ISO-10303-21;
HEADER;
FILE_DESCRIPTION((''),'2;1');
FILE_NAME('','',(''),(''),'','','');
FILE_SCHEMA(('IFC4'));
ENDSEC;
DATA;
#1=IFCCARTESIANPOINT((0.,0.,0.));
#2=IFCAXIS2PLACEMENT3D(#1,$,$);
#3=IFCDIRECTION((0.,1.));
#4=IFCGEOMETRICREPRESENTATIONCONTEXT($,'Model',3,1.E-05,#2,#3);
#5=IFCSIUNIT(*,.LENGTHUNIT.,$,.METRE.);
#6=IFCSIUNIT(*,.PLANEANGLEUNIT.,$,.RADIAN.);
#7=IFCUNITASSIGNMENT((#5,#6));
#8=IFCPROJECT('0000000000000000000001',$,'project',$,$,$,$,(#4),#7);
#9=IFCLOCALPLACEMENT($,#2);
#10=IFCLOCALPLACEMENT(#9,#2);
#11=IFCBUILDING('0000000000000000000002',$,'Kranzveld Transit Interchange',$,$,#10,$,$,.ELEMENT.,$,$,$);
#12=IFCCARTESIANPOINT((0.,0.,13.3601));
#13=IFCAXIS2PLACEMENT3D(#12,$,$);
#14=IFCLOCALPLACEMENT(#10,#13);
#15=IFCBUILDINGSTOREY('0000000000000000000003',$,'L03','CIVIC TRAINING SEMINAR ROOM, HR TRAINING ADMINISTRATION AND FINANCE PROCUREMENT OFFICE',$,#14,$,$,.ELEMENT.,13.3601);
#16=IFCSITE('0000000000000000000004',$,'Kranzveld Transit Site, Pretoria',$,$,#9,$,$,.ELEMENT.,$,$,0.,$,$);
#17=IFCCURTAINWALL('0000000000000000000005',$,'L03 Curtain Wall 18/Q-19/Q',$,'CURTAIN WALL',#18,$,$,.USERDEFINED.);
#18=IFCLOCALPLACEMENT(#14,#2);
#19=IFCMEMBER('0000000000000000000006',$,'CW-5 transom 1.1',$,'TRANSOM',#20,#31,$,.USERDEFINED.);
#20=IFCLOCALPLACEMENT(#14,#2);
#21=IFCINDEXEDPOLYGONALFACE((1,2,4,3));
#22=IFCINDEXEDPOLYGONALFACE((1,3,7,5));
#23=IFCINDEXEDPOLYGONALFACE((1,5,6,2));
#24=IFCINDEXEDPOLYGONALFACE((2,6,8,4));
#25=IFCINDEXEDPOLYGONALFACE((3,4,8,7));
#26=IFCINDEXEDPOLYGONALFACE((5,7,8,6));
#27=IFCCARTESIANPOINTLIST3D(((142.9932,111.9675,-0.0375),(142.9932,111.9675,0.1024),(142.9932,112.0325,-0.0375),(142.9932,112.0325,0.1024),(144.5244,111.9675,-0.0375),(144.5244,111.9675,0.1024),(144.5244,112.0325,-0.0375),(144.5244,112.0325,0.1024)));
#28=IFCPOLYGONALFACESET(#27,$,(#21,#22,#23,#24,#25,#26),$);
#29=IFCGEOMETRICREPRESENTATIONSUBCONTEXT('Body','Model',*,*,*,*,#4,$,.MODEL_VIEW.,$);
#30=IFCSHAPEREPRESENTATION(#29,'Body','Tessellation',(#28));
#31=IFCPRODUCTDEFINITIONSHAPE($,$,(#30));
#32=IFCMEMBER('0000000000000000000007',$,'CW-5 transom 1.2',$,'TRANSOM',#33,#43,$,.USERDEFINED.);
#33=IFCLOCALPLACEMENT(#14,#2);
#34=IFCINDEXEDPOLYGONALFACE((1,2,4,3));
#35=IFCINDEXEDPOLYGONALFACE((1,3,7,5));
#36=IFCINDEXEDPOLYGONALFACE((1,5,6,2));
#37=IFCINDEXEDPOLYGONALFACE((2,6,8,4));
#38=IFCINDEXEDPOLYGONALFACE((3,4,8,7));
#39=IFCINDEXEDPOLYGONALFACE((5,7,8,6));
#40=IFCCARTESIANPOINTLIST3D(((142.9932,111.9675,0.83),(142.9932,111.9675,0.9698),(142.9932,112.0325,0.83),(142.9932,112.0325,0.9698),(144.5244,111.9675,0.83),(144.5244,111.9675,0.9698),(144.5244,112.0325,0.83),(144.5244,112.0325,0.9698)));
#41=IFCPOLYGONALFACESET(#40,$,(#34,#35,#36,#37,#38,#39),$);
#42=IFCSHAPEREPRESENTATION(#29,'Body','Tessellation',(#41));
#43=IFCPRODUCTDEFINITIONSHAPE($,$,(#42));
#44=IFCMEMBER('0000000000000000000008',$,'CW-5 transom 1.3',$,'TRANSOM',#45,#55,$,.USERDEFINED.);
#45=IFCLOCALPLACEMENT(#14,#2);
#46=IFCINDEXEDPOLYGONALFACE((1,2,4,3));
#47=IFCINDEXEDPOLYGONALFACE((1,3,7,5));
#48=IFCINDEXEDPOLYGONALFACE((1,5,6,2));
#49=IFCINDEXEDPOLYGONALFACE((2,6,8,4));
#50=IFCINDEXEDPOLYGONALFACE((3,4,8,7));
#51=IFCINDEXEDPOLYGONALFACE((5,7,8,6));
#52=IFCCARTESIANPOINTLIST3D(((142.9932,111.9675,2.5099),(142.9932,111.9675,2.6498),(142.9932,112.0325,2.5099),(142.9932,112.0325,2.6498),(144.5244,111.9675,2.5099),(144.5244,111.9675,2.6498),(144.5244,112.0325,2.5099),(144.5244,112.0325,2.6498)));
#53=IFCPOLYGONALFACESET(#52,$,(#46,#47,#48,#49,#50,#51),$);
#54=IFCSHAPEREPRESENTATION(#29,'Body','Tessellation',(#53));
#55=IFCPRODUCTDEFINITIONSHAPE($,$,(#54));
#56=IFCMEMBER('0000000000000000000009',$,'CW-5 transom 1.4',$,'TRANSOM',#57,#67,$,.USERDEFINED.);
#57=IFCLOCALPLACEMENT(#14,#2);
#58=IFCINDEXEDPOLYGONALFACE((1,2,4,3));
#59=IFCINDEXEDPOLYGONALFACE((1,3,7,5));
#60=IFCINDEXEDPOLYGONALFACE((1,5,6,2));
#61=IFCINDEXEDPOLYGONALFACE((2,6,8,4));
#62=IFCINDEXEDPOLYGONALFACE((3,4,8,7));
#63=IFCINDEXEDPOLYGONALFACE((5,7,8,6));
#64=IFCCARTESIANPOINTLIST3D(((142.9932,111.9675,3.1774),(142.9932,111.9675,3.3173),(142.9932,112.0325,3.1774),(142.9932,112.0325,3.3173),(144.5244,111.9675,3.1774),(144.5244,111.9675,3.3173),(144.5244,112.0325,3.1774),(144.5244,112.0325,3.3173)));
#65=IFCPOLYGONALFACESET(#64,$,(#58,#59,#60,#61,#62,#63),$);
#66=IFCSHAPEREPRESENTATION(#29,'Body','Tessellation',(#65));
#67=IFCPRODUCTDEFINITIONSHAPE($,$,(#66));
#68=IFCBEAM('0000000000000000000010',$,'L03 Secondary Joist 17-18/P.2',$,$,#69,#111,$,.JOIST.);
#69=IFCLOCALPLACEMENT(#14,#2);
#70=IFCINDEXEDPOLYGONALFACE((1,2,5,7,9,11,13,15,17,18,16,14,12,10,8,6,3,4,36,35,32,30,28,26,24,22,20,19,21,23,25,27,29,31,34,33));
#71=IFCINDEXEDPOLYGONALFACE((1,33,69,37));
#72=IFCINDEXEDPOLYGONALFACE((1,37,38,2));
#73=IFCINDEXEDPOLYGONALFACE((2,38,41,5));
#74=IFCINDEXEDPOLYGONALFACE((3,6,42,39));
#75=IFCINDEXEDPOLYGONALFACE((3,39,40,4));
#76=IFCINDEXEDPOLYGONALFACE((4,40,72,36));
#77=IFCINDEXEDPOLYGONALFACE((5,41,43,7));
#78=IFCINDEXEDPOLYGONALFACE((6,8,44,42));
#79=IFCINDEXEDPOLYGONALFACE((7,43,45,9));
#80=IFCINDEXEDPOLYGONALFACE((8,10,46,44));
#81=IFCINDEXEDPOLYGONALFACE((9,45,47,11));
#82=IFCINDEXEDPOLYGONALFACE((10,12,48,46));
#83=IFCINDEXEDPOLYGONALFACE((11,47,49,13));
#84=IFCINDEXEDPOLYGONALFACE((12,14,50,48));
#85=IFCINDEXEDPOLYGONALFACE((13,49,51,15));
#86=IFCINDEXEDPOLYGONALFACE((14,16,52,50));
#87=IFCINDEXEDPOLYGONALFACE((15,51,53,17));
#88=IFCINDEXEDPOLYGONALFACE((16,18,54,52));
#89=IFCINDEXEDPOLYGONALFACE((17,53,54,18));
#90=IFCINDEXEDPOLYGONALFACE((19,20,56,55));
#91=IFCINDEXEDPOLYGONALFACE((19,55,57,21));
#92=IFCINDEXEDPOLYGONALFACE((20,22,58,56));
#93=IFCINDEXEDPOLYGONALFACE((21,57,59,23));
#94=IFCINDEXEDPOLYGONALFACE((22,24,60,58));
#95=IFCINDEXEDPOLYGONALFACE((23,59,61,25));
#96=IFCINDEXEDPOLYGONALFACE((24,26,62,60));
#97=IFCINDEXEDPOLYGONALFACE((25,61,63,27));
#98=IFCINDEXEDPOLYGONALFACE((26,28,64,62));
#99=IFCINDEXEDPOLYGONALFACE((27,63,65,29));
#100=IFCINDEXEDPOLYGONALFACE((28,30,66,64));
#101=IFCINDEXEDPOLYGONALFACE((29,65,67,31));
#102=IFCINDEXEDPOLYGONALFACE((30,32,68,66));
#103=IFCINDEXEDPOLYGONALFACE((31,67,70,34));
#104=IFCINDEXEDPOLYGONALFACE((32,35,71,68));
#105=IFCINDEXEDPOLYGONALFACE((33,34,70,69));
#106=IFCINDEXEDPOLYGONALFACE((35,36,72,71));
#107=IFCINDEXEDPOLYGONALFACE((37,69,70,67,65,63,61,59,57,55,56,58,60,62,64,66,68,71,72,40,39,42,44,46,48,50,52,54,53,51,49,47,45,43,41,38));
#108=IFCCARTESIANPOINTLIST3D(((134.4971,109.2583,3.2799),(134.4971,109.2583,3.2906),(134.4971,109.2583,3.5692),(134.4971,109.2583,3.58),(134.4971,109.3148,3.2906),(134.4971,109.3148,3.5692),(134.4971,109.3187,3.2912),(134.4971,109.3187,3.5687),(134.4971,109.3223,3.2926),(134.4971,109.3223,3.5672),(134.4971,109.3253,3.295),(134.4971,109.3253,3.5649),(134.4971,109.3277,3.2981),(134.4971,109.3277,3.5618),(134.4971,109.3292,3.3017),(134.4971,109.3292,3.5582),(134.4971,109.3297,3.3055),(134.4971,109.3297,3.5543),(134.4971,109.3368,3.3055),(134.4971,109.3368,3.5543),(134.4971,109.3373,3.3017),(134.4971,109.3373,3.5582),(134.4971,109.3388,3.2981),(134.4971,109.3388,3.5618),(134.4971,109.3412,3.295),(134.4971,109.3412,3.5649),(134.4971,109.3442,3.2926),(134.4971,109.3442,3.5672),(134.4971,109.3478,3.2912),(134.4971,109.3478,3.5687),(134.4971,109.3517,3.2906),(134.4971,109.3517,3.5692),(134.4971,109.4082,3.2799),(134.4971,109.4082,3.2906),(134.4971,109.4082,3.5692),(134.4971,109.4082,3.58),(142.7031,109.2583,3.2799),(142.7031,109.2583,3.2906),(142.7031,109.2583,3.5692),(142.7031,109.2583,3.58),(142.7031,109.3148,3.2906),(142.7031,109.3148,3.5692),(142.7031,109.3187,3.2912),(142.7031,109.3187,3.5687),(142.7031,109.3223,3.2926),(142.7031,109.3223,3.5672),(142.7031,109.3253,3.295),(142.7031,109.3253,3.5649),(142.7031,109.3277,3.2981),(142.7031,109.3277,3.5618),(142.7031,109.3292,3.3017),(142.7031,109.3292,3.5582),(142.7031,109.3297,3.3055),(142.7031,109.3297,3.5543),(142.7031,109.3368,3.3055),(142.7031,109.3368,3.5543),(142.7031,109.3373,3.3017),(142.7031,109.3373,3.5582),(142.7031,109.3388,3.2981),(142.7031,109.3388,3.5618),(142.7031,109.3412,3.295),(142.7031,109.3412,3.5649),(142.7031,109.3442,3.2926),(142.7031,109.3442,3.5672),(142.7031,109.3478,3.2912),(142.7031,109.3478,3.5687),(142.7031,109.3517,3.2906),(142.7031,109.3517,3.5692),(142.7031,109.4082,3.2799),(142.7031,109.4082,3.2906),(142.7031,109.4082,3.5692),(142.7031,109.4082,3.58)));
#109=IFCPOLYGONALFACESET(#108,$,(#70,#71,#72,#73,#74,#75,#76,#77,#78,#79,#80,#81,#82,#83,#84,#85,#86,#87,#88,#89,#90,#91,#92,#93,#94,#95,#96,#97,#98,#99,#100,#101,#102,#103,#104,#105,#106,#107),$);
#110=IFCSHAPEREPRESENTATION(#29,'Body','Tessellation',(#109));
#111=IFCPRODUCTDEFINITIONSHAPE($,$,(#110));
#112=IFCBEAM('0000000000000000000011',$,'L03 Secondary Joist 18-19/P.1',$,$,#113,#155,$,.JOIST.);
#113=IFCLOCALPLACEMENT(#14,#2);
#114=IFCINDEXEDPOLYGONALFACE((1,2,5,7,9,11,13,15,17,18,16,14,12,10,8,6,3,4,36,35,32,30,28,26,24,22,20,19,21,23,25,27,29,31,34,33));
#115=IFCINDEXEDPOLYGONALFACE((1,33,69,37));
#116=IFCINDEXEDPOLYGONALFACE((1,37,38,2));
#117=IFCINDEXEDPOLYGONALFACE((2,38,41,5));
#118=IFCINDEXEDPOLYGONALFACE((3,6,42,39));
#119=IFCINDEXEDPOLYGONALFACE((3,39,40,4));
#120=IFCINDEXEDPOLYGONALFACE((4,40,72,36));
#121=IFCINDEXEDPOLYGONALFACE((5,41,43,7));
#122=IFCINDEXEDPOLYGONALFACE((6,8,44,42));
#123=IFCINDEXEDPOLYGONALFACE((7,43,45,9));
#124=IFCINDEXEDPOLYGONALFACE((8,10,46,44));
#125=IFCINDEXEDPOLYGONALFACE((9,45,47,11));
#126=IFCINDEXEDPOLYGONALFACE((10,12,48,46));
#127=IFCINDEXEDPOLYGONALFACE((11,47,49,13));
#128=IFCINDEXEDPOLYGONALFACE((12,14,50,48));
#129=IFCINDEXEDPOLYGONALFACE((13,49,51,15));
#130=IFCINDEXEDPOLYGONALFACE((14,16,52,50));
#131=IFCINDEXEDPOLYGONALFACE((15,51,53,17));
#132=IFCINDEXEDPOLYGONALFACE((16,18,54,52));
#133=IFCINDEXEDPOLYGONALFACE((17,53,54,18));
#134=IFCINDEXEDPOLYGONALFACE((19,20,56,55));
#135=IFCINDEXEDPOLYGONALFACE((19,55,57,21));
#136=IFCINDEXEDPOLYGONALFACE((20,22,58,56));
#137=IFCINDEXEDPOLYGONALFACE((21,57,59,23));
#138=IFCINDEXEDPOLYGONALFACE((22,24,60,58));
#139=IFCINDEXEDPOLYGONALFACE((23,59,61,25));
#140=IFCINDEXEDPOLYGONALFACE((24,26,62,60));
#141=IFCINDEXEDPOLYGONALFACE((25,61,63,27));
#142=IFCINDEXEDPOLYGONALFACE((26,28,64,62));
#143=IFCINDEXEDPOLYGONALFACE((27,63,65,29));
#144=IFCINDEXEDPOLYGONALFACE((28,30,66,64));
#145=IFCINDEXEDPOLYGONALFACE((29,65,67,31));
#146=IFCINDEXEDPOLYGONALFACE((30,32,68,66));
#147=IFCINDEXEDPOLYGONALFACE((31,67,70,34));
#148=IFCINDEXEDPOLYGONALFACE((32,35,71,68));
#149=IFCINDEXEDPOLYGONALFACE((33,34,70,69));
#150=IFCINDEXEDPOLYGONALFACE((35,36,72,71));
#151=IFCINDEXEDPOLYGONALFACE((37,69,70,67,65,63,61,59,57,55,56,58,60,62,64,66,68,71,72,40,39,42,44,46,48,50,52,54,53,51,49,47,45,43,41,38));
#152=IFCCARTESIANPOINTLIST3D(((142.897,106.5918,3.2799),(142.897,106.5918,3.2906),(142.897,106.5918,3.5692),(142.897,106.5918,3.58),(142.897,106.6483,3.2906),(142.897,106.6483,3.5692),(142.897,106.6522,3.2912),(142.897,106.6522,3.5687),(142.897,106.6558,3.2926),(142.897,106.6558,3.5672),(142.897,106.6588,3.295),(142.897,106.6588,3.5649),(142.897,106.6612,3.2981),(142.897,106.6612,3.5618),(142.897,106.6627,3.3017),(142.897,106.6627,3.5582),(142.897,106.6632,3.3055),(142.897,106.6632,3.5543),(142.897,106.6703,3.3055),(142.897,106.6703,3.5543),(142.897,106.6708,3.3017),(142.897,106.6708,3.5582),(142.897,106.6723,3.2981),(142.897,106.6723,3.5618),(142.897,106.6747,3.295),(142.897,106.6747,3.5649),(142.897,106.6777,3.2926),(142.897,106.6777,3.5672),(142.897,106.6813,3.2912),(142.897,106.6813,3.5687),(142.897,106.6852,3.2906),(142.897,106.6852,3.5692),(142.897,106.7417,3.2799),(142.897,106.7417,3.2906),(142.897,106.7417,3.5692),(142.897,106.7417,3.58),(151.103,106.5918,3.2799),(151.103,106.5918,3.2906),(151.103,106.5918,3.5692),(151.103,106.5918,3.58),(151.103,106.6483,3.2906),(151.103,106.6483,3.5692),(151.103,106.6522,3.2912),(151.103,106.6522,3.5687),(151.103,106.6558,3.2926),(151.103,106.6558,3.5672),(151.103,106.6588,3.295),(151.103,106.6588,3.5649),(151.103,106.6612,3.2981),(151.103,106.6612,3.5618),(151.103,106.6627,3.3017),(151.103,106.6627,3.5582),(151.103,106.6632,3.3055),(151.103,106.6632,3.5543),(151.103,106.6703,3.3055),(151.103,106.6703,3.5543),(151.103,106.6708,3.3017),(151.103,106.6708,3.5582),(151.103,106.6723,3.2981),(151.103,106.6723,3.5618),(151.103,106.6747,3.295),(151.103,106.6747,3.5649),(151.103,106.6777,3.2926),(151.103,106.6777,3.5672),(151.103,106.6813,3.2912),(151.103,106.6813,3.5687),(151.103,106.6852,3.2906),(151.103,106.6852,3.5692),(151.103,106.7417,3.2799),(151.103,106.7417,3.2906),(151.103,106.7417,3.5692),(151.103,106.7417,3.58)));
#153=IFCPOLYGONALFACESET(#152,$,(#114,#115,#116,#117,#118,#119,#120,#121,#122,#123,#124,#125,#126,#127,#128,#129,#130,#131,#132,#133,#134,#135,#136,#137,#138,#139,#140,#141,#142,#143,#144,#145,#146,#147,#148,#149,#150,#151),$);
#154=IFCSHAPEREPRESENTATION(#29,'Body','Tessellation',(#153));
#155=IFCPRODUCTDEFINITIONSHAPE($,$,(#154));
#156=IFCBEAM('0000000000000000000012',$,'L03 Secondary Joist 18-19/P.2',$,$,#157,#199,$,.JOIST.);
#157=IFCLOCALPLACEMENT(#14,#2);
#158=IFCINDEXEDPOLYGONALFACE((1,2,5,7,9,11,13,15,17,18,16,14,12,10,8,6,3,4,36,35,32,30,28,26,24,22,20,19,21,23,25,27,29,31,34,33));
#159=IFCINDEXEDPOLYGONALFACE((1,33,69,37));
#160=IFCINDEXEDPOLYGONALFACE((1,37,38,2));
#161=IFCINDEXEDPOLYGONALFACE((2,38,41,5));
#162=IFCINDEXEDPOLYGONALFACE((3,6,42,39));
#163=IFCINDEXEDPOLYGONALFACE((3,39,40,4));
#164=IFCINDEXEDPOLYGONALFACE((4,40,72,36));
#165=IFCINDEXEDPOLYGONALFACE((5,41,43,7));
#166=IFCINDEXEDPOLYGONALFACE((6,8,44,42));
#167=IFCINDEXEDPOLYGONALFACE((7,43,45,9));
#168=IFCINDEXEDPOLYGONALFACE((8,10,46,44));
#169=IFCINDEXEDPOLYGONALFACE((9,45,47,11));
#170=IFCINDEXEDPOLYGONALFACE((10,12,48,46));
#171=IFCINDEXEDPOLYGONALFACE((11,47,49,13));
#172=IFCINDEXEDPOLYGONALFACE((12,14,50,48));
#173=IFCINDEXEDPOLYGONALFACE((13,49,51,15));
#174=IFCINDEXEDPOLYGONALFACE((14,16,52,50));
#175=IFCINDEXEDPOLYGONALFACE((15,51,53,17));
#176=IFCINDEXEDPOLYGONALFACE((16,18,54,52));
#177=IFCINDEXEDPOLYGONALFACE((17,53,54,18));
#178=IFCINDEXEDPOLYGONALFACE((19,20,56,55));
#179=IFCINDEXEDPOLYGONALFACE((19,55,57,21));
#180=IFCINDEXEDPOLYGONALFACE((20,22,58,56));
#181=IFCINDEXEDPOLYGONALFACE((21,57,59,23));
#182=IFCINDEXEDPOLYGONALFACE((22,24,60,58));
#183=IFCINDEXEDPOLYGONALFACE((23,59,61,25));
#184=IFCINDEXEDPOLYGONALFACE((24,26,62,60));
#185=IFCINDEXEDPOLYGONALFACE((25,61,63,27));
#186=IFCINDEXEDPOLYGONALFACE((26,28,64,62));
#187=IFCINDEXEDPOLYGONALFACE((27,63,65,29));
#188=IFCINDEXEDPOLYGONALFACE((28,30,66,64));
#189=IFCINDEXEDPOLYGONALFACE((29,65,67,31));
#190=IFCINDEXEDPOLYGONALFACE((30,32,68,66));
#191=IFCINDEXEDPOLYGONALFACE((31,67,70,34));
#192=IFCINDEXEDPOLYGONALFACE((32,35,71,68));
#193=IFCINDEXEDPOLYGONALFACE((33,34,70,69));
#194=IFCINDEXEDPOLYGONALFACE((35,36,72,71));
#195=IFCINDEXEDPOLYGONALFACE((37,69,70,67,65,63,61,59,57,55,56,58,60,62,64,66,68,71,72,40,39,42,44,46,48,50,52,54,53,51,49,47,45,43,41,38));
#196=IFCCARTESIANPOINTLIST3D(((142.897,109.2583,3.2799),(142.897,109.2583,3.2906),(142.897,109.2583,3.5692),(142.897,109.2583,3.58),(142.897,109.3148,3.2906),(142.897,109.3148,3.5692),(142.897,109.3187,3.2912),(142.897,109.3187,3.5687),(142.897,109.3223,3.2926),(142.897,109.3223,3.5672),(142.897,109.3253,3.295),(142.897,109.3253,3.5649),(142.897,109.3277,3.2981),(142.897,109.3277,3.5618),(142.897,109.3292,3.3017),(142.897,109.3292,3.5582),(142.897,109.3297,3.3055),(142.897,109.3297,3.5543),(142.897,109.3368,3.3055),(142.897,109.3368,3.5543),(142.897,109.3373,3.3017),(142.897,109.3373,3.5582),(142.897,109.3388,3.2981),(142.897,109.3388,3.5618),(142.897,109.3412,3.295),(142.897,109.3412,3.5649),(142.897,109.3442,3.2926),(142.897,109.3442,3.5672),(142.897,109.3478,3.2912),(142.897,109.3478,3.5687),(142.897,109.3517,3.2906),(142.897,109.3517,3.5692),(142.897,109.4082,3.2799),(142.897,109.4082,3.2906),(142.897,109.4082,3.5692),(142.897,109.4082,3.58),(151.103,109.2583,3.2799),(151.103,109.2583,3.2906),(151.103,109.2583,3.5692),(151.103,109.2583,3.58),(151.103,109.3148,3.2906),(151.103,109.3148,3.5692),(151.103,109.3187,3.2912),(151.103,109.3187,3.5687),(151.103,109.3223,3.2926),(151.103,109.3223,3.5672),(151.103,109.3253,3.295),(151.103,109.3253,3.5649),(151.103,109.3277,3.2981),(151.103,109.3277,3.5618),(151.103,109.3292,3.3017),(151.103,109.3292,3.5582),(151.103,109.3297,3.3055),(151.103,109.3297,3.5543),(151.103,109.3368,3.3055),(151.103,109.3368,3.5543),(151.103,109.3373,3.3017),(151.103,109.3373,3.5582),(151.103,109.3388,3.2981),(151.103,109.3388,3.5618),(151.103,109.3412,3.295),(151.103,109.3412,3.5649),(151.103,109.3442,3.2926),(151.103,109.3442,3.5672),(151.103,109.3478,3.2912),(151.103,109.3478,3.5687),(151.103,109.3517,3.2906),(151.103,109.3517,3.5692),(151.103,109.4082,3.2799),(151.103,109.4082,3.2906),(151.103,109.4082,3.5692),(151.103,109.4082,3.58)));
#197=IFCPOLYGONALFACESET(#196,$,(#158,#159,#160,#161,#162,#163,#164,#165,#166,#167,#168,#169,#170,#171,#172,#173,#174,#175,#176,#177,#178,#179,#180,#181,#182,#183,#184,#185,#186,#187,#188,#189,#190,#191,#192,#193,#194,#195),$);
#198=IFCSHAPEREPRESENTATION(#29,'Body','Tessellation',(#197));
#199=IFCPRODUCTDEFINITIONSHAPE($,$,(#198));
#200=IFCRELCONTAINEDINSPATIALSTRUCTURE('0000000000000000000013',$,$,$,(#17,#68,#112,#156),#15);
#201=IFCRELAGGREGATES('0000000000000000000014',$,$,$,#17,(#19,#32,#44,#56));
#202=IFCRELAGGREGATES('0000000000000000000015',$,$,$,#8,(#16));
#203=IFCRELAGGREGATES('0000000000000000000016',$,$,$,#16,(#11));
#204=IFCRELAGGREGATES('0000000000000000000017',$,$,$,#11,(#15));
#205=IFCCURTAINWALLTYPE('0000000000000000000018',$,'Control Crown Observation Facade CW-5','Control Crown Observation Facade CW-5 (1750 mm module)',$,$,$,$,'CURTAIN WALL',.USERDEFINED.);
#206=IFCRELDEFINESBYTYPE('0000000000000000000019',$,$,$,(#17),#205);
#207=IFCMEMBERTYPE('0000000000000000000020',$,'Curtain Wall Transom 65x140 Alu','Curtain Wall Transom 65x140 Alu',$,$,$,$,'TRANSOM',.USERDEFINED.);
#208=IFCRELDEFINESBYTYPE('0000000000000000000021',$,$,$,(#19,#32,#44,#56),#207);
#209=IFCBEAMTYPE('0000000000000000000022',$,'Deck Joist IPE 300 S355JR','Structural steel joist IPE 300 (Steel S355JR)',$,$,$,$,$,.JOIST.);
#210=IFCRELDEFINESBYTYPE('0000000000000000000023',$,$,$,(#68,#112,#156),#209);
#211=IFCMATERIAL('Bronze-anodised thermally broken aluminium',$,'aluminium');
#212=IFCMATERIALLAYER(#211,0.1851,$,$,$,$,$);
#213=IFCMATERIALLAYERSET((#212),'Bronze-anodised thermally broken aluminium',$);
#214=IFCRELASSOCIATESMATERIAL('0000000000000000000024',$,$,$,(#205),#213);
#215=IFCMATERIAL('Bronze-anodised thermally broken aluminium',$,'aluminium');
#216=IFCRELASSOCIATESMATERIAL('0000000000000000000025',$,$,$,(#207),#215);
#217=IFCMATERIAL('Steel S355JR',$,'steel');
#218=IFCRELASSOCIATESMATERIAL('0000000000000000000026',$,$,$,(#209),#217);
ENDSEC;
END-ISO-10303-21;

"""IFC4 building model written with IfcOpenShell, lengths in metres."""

from ifc_helpers import new_model, si_unit, direction, frame, origin, origin_2d, place, context, subcontext, project, spatial, rectangle, i_section, extrude, material, layer, layer_set, material_profile, profile_set, type_object, element, aggregate, save


model = new_model("IFC4")

# Units and contexts
model_context = context("Model", 3, precision=1e-05, world=origin(), true_north=direction((0.0, 1.0)))
body_context = subcontext(model_context, "Body", "Model", "MODEL_VIEW")
ifc_project = project(units=[si_unit("LENGTHUNIT", "METRE"), si_unit("PLANEANGLEUNIT", "RADIAN")], contexts=[model_context])

# Site, building, storey
site_placement = place(None, origin())
site = spatial("IfcSite", under=ifc_project, at=site_placement, Name="Kranzveld Transit Site, Pretoria", CompositionType="ELEMENT", RefElevation=0.0)
building_placement = place(site_placement, origin())
building = spatial("IfcBuilding", under=site, at=building_placement, Name="Kranzveld Transit Interchange", CompositionType="ELEMENT")
storey_placement = place(building_placement, frame((0.0, 0.0, 13.3601)))
storey = spatial("IfcBuildingStorey", under=building, at=storey_placement, Name="L03", Description="CIVIC TRAINING SEMINAR ROOM, HR TRAINING ADMINISTRATION AND FINANCE PROCUREMENT OFFICE", CompositionType="ELEMENT", Elevation=13.3601)

# Curtain wall
ifc_material_1 = material(Name="Bronze-anodised thermally broken aluminium", Category="aluminium")
ifc_layer_1 = layer(ifc_material_1, 0.1851)
ifc_layer_set_1 = layer_set([ifc_layer_1], Name="Bronze-anodised thermally broken aluminium")
curtain_wall_type_1 = type_object("IfcCurtainWallType", Name="Control Crown Observation Facade CW-5", Description="Control Crown Observation Facade CW-5 (1750 mm module)", ElementType="CURTAIN WALL", PredefinedType="USERDEFINED", material=ifc_layer_set_1)
curtain_wall_1_placement = place(storey_placement, origin())
curtain_wall_1 = element("IfcCurtainWall", 1, at=curtain_wall_1_placement, inside=storey, type_object=curtain_wall_type_1, Name="L03 Curtain Wall 18/Q-19/Q", ObjectType="CURTAIN WALL", PredefinedType="USERDEFINED")

# Members
ifc_material_2 = material(Name="Bronze-anodised thermally broken aluminium", Category="aluminium")
ifc_material_profile_1 = material_profile(ifc_material_2, rectangle(XDim=0.0649, YDim=0.1399, at=origin_2d()), Name="ALU TRANSOM 65x140")
ifc_profile_set_1 = profile_set([ifc_material_profile_1], Name="Bronze-anodised thermally broken aluminium")
member_type_1 = type_object("IfcMemberType", Name="Curtain Wall Transom 65x140 Alu", Description="Curtain Wall Transom 65x140 Alu", ElementType="TRANSOM", PredefinedType="USERDEFINED", material=ifc_profile_set_1)
member_1_placement = place(storey_placement, frame((142.9932, 112.0, 0.0325), z_axis=(1.0, 0.0, 0.0), x_axis=(0.0, 1.0, 0.0)))
member_1 = element("IfcMember", 2, at=member_1_placement, type_object=member_type_1, Name="CW-5 transom 1.1", ObjectType="TRANSOM", PredefinedType="USERDEFINED", context=body_context, shape_type="SweptSolid", body=[
    extrude(rectangle(XDim=0.0649, YDim=0.1399, at=origin_2d()), origin(), (0.0, 0.0, 1.0), 1.5312),
])
member_2_placement = place(storey_placement, frame((142.9932, 112.0, 0.8999), z_axis=(1.0, 0.0, 0.0), x_axis=(0.0, 1.0, 0.0)))
member_2 = element("IfcMember", 3, at=member_2_placement, type_object=member_type_1, Name="CW-5 transom 1.2", ObjectType="TRANSOM", PredefinedType="USERDEFINED", context=body_context, shape_type="SweptSolid", body=[
    extrude(rectangle(XDim=0.0649, YDim=0.1399, at=origin_2d()), origin(), (0.0, 0.0, 1.0), 1.5312),
])
member_3_placement = place(storey_placement, frame((142.9932, 112.0, 2.5798), z_axis=(1.0, 0.0, 0.0), x_axis=(0.0, 1.0, 0.0)))
member_3 = element("IfcMember", 4, at=member_3_placement, type_object=member_type_1, Name="CW-5 transom 1.3", ObjectType="TRANSOM", PredefinedType="USERDEFINED", context=body_context, shape_type="SweptSolid", body=[
    extrude(rectangle(XDim=0.0649, YDim=0.1399, at=origin_2d()), origin(), (0.0, 0.0, 1.0), 1.5312),
])
member_4_placement = place(storey_placement, frame((142.9932, 112.0, 3.2473), z_axis=(1.0, 0.0, 0.0), x_axis=(0.0, 1.0, 0.0)))
member_4 = element("IfcMember", 5, at=member_4_placement, type_object=member_type_1, Name="CW-5 transom 1.4", ObjectType="TRANSOM", PredefinedType="USERDEFINED", context=body_context, shape_type="SweptSolid", body=[
    extrude(rectangle(XDim=0.0649, YDim=0.1399, at=origin_2d()), origin(), (0.0, 0.0, 1.0), 1.5312),
])

# Beams
ifc_material_3 = material(Name="Steel S355JR", Category="steel")
ifc_material_profile_2 = material_profile(ifc_material_3, i_section(OverallWidth=0.1499, OverallDepth=0.3, WebThickness=0.0071, FlangeThickness=0.0107, FilletRadius=0.0149, at=origin_2d()), Name="IPE 300")
ifc_profile_set_2 = profile_set([ifc_material_profile_2], Name="Steel S355JR")
beam_type_1 = type_object("IfcBeamType", Name="Deck Joist IPE 300 S355JR", Description="Structural steel joist IPE 300 (Steel S355JR)", PredefinedType="JOIST", material=ifc_profile_set_2)
for number, where, z_axis, x_axis, name in (
    (6, (134.4971, 109.3333, 3.4299), (1.0, 0.0, 0.0), (0.0, 1.0, 0.0), "L03 Secondary Joist 17-18/P.2"),
    (7, (142.897, 106.6667, 3.4299), (1.0, 0.0, 0.0), (0.0, 1.0, 0.0), "L03 Secondary Joist 18-19/P.1"),
    (8, (142.897, 109.3333, 3.4299), (1.0, 0.0, 0.0), (0.0, 1.0, 0.0), "L03 Secondary Joist 18-19/P.2"),
):
    element("IfcBeam", number, at=place(storey_placement, frame(where, z_axis=z_axis, x_axis=x_axis)), inside=storey, type_object=beam_type_1, Name=name, PredefinedType="JOIST", context=body_context, shape_type="SweptSolid", body=[
        extrude(i_section(OverallWidth=0.1499, OverallDepth=0.3, WebThickness=0.0071, FlangeThickness=0.0107, FilletRadius=0.0149, at=origin_2d()), origin(), (0.0, 0.0, 1.0), 8.2061),
    ])

aggregate(curtain_wall_1, [member_1, member_2, member_3, member_4])

save(model, "model.ifc")
